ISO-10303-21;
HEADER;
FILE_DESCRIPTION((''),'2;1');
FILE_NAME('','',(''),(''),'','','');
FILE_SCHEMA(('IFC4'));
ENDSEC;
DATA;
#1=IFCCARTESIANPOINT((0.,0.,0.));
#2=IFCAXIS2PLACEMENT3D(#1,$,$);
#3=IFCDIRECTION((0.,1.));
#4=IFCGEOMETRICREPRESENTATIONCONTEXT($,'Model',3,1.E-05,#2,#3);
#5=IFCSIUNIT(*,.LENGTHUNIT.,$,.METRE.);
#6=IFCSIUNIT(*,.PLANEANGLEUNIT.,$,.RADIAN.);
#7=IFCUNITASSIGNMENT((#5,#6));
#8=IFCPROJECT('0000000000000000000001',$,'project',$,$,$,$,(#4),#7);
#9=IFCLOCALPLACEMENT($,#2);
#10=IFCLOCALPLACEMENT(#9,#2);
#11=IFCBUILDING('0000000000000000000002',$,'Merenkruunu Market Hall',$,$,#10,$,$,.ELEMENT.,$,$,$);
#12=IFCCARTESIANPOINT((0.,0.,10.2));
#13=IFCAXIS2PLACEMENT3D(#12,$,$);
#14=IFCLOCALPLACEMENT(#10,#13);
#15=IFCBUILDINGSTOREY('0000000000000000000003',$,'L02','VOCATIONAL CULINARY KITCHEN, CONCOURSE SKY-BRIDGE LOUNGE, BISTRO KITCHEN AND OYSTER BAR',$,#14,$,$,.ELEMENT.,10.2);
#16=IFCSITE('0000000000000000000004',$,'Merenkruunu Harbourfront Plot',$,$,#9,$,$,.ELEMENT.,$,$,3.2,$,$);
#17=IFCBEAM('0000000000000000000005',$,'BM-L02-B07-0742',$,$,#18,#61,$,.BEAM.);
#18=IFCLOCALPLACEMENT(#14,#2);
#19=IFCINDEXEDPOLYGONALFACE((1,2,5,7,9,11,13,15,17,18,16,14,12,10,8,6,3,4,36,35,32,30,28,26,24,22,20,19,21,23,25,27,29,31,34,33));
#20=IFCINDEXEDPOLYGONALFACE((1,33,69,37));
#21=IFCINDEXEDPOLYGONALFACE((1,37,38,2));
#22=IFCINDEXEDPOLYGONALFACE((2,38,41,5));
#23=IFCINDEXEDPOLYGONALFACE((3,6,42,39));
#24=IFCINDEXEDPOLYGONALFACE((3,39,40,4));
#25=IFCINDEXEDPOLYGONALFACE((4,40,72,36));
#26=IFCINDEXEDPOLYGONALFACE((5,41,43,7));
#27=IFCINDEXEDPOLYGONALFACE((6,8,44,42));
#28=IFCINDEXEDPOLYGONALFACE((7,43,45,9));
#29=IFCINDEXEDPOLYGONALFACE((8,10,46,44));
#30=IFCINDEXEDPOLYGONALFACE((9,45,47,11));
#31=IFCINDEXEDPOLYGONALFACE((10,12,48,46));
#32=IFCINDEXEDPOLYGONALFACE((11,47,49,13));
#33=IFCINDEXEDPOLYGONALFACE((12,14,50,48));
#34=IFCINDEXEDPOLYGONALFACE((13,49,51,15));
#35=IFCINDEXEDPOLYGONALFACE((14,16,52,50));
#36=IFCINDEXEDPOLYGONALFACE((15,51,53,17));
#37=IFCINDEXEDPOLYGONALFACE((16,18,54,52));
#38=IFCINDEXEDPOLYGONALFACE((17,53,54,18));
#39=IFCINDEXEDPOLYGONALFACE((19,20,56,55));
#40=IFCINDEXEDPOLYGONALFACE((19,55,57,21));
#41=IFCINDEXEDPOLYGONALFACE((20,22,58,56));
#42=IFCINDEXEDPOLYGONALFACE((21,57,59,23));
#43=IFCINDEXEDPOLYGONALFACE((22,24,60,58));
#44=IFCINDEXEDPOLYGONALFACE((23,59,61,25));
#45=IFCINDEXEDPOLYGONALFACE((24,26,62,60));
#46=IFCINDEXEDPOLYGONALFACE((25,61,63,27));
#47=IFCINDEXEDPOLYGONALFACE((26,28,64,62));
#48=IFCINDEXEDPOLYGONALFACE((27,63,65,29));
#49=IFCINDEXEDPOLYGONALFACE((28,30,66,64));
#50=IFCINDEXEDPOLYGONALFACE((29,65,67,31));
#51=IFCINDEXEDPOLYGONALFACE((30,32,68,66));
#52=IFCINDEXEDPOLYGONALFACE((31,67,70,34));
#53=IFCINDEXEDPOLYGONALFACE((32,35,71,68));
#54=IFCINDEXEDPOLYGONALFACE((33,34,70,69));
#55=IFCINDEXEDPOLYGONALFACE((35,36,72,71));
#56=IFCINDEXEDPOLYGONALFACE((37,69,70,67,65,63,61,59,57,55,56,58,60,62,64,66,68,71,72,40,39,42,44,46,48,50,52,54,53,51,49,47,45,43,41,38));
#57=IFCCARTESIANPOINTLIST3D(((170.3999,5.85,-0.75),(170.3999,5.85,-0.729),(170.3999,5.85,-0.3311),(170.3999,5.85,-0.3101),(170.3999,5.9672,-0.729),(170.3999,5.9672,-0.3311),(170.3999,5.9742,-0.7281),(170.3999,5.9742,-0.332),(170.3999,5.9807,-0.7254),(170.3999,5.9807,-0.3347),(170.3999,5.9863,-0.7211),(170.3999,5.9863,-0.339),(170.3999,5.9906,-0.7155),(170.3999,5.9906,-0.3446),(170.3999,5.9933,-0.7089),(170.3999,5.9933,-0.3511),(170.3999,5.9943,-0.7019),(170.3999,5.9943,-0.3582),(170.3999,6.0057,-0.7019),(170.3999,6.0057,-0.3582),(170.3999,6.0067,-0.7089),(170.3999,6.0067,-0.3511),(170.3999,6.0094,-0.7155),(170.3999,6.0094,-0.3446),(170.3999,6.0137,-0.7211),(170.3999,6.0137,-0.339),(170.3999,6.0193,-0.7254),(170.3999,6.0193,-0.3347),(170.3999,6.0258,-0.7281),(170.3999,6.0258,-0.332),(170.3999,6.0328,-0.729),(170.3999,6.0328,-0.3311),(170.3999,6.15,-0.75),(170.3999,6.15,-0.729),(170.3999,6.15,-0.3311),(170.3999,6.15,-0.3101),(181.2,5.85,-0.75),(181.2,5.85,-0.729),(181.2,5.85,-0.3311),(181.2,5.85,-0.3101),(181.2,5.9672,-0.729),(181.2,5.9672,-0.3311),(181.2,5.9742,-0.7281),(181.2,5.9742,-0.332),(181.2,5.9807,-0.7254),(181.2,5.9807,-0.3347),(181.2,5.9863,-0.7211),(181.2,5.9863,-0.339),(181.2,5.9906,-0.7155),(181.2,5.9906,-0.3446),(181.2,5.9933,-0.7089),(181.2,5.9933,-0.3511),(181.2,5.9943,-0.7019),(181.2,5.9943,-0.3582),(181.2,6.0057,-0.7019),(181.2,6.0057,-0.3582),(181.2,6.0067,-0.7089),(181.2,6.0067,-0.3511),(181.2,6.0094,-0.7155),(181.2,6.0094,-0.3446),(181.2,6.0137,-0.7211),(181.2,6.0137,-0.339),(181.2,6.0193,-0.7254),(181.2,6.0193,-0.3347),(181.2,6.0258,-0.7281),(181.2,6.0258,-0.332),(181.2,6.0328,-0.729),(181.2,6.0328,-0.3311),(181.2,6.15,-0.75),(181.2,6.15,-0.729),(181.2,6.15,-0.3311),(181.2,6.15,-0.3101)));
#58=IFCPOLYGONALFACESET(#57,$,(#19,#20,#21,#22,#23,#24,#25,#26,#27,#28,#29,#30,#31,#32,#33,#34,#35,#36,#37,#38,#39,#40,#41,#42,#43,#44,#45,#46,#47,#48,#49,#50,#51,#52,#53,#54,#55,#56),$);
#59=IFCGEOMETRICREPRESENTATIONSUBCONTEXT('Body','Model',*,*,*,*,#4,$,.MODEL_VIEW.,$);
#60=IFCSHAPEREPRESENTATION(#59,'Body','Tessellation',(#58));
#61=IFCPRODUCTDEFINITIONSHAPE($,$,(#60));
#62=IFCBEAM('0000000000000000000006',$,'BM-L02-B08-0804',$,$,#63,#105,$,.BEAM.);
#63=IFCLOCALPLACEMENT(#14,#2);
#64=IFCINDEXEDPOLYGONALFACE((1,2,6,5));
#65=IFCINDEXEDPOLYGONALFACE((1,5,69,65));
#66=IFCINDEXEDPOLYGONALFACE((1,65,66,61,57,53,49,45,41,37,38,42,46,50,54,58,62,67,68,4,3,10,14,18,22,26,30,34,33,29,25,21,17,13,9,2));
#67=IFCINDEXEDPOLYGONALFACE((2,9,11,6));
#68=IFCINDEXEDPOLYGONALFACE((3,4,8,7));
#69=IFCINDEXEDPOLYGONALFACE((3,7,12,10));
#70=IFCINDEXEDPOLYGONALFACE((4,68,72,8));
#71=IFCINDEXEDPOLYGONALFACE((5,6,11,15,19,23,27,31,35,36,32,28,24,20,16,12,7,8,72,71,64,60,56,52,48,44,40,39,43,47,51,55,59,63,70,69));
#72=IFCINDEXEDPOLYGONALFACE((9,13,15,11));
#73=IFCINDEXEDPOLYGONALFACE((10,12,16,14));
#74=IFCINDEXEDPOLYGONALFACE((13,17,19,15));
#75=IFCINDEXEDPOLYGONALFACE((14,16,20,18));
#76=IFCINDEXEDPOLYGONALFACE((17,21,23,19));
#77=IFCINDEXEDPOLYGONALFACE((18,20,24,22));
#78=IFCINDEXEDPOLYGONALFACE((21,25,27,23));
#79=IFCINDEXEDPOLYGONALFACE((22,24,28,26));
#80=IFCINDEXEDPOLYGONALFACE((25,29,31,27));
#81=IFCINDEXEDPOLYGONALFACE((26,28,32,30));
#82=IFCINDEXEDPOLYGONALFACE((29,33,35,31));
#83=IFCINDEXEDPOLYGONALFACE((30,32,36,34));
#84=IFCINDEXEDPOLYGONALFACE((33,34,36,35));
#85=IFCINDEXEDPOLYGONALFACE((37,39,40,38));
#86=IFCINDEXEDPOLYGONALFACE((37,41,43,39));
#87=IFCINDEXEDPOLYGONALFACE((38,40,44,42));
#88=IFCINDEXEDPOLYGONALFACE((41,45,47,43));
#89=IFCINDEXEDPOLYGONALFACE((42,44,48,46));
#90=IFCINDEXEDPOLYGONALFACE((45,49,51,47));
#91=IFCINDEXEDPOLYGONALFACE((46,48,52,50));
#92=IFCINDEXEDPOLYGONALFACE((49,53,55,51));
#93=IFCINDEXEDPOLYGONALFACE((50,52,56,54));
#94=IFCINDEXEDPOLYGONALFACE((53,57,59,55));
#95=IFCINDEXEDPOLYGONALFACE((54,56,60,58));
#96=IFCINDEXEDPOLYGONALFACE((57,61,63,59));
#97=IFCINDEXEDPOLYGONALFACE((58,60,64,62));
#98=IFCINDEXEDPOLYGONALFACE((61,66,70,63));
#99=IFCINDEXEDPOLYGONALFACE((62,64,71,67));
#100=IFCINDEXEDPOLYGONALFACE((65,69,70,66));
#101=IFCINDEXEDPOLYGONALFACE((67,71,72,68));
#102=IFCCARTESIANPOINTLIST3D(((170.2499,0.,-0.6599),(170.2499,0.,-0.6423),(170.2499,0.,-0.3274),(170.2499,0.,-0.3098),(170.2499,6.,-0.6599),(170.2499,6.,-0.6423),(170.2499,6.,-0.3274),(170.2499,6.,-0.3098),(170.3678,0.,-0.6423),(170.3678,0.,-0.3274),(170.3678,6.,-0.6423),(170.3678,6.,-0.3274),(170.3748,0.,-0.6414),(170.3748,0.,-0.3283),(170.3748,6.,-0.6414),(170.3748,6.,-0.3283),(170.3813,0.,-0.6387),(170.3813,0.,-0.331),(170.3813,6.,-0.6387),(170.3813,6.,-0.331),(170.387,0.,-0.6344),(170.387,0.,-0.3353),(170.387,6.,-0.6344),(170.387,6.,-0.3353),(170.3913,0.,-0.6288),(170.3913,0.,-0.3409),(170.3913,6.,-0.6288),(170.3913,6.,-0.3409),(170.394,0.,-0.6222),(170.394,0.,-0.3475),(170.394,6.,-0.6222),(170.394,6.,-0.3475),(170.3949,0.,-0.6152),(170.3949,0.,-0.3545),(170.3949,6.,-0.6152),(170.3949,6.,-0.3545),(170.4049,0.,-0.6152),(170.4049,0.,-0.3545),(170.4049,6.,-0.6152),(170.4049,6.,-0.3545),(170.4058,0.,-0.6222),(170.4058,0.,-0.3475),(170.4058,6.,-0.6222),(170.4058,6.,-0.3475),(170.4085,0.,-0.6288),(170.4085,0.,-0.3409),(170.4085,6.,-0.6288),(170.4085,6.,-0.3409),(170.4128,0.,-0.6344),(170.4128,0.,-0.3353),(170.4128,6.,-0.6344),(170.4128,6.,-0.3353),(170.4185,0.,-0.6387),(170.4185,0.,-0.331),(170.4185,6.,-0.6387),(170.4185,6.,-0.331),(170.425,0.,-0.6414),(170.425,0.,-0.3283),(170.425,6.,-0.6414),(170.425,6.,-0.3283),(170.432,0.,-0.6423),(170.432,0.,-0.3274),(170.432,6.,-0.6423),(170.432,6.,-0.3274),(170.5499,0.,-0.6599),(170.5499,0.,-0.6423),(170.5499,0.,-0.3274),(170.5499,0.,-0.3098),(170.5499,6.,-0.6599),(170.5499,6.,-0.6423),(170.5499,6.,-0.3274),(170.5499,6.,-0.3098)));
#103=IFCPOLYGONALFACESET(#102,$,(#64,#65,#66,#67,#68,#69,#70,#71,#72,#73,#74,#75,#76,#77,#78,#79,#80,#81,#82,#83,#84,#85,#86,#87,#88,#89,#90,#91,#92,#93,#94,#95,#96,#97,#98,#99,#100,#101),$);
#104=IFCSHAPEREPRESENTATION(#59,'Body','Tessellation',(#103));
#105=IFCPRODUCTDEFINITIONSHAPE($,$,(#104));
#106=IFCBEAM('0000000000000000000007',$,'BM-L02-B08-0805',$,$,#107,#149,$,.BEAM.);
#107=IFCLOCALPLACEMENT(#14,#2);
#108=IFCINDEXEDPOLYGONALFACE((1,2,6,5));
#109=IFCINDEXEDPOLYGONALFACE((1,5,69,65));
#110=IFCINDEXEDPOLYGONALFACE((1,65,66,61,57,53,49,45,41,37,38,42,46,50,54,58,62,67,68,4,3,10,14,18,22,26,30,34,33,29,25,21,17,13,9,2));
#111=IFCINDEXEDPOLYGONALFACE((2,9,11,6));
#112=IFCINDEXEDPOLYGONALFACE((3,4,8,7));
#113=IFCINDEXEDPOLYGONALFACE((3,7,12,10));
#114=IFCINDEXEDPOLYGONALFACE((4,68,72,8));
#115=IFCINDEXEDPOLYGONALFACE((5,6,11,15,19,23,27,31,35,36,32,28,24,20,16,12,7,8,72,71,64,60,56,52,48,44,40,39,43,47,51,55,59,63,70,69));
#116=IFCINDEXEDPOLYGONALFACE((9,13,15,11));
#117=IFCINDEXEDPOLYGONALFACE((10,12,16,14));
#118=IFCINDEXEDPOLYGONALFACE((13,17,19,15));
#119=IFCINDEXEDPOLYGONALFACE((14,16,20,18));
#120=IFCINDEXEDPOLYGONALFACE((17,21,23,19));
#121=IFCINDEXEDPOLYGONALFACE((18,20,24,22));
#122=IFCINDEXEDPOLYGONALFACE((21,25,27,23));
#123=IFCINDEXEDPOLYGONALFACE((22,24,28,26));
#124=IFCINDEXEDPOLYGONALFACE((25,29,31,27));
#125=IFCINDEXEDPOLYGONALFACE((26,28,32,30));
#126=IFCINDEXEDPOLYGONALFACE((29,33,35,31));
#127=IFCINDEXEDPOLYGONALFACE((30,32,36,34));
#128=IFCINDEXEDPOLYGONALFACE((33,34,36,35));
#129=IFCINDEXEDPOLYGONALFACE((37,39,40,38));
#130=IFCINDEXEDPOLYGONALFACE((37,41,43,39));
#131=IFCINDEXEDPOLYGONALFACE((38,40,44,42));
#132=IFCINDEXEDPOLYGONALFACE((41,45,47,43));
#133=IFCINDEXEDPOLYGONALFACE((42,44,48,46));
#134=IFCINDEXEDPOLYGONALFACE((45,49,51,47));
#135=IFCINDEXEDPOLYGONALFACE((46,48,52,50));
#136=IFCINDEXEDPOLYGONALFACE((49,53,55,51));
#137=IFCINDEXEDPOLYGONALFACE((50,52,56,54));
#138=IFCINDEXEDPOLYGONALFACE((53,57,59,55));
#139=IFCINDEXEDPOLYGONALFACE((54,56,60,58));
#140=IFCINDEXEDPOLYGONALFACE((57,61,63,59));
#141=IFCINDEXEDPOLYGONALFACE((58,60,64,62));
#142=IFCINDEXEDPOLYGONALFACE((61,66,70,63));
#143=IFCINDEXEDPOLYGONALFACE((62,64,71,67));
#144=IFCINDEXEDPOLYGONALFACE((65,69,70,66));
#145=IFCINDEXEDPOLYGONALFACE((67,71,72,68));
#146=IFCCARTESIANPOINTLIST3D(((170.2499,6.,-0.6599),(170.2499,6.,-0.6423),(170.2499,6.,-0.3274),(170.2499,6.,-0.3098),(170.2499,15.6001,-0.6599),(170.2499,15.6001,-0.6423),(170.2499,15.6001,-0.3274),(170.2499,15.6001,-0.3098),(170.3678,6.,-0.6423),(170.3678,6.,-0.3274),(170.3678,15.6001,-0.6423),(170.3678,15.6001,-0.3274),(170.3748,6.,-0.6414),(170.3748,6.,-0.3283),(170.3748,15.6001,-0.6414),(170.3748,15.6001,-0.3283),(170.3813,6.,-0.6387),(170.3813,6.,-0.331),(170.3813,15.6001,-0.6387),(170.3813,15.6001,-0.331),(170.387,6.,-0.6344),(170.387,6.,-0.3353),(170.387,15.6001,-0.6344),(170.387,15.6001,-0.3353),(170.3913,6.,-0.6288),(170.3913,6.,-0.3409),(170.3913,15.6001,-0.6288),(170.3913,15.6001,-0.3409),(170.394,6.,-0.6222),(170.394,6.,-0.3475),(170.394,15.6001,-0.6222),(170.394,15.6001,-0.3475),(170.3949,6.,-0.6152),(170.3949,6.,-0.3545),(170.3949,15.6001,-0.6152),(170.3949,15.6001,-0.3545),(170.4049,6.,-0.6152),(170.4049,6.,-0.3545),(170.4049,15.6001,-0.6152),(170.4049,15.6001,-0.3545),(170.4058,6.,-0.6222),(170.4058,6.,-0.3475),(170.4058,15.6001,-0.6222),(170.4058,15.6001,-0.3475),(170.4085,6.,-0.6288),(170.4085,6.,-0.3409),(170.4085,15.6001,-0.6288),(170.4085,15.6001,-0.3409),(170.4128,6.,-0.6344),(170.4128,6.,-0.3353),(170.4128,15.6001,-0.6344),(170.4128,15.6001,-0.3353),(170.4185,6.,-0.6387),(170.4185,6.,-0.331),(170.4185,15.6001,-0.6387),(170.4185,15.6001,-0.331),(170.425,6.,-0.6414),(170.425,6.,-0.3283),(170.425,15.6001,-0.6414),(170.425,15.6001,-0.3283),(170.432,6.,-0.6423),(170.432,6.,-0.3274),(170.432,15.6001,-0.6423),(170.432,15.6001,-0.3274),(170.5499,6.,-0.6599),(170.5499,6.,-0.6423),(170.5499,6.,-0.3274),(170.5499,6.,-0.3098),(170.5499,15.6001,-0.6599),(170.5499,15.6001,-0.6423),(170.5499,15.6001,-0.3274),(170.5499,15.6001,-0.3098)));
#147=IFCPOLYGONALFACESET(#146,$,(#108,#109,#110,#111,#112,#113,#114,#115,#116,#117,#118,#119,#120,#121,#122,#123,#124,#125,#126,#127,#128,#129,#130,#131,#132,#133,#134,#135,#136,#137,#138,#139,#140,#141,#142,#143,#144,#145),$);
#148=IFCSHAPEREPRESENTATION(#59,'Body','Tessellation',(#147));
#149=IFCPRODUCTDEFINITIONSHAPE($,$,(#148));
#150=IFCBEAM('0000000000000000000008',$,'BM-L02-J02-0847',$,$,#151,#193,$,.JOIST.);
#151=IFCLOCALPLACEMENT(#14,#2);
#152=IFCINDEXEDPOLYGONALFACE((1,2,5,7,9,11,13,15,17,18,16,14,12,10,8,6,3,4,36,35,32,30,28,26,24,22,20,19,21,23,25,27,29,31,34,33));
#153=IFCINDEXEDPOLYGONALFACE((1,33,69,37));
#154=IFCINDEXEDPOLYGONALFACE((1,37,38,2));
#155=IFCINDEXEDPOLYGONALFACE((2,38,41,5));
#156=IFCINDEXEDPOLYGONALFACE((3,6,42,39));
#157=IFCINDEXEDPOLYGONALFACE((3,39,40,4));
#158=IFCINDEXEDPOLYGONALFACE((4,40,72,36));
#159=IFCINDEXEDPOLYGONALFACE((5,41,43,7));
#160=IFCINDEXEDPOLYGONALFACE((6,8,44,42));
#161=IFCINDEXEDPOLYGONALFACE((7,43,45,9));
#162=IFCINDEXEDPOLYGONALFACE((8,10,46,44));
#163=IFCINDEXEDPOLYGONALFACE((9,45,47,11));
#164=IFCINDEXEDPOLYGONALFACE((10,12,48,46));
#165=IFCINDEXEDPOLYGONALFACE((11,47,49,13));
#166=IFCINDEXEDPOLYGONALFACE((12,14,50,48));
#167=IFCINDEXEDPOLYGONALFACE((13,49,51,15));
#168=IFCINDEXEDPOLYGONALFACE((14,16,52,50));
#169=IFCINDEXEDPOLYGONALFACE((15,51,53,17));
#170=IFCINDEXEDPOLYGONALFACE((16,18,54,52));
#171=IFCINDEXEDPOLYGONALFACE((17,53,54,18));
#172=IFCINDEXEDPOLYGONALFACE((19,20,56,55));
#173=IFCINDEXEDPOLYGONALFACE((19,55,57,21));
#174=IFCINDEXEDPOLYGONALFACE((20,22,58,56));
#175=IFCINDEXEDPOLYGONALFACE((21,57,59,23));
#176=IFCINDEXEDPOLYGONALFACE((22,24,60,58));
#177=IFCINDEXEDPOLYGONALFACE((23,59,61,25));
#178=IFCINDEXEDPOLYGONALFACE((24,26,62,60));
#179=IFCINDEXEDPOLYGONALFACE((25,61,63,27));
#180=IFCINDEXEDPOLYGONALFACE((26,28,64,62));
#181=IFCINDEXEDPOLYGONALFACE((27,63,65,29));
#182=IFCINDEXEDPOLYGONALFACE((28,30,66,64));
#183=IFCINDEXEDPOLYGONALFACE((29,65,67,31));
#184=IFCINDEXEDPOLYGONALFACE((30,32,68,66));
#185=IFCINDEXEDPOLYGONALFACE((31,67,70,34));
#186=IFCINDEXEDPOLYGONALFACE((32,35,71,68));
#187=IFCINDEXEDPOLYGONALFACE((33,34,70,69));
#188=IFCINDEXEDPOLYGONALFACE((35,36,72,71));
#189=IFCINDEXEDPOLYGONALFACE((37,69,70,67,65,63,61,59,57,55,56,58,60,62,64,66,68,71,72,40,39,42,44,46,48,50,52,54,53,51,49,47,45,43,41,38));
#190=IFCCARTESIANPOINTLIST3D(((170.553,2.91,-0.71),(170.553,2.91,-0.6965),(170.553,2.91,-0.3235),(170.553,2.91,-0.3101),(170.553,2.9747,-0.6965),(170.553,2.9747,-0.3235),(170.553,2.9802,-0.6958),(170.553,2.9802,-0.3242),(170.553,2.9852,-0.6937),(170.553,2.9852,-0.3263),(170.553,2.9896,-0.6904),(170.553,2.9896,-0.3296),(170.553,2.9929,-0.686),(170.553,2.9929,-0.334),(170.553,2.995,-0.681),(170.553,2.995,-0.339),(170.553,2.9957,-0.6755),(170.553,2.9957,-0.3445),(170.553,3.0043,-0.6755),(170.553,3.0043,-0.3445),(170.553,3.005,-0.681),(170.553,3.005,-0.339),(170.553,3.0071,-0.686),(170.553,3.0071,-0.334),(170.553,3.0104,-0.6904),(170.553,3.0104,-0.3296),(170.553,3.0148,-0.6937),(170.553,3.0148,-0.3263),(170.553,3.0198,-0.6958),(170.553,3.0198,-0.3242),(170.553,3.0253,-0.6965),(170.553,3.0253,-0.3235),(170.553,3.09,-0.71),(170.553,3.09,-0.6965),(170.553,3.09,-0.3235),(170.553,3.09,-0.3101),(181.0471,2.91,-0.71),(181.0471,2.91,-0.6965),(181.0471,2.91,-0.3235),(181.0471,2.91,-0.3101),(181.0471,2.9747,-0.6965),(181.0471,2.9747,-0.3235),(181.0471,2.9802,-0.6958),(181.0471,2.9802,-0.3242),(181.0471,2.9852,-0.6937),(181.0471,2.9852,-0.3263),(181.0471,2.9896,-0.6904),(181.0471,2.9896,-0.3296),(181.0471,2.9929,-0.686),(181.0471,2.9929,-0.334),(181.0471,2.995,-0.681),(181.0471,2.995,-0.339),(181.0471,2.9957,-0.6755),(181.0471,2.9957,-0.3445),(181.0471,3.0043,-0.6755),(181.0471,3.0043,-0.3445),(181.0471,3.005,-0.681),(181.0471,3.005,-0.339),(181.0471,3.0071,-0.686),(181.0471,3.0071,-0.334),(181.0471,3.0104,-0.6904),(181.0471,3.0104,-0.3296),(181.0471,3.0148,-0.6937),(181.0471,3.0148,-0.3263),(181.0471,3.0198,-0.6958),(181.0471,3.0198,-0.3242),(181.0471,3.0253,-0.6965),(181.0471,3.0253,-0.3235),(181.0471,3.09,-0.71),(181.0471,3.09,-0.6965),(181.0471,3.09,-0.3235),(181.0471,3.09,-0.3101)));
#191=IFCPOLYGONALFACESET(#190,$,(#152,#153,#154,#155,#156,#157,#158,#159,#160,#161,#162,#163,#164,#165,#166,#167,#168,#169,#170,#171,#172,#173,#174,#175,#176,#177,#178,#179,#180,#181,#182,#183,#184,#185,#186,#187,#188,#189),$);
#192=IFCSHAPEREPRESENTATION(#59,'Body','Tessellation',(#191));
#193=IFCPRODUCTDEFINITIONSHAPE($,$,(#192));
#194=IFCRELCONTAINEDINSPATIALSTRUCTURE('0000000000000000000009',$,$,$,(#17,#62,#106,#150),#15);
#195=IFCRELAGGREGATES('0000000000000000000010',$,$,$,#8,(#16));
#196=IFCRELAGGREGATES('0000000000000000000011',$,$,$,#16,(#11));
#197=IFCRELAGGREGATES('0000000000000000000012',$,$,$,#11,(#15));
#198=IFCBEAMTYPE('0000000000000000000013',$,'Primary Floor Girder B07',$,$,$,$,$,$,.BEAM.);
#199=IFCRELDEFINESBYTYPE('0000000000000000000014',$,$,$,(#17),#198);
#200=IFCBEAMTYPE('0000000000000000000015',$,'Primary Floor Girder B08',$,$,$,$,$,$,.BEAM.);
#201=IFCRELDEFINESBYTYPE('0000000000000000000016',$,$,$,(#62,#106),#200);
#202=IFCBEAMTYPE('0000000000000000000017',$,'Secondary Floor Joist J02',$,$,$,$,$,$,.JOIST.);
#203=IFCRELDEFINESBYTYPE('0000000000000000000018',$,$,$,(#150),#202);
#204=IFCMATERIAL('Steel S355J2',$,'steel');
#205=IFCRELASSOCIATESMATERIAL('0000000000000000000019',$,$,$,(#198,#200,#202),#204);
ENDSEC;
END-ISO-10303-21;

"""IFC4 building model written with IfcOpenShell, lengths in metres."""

from ifc_helpers import new_model, si_unit, direction, frame, origin, origin_2d, place, context, subcontext, project, spatial, i_section, extrude, material, material_profile, profile_set, type_object, element, save


model = new_model("IFC4")

# Units and contexts
model_context = context("Model", 3, precision=1e-05, world=origin(), true_north=direction((0.0, 1.0)))
body_context = subcontext(model_context, "Body", "Model", "MODEL_VIEW")
ifc_project = project(units=[si_unit("LENGTHUNIT", "METRE"), si_unit("PLANEANGLEUNIT", "RADIAN")], contexts=[model_context])

# Site, building, storey
site_placement = place(None, origin())
site = spatial("IfcSite", under=ifc_project, at=site_placement, Name="Merenkruunu Harbourfront Plot", CompositionType="ELEMENT", RefElevation=3.2)
building_placement = place(site_placement, origin())
building = spatial("IfcBuilding", under=site, at=building_placement, Name="Merenkruunu Market Hall", CompositionType="ELEMENT")
storey_placement = place(building_placement, frame((0.0, 0.0, 10.2)))
storey = spatial("IfcBuildingStorey", under=building, at=storey_placement, Name="L02", Description="VOCATIONAL CULINARY KITCHEN, CONCOURSE SKY-BRIDGE LOUNGE, BISTRO KITCHEN AND OYSTER BAR", CompositionType="ELEMENT", Elevation=10.2)

# Shared definitions
ifc_material_1 = material(Name="Steel S355J2", Category="steel")

# Beams
ifc_material_profile_1 = material_profile(ifc_material_1, i_section(OverallWidth=0.3, OverallDepth=0.4399, WebThickness=0.0115, FlangeThickness=0.021, FilletRadius=0.0271, at=origin_2d()), Name="HEA 450")
ifc_profile_set_1 = profile_set([ifc_material_profile_1], Name="Steel S355J2")
beam_type_1 = type_object("IfcBeamType", Name="Primary Floor Girder B07", PredefinedType="BEAM", material=ifc_profile_set_1)
for number, where, z_axis, x_axis, name in (
    (1, (170.3999, 6.0, -0.53), (1.0, 0.0, 0.0), (0.0, 1.0, 0.0), "BM-L02-B07-0742"),
):
    element("IfcBeam", number, at=place(storey_placement, frame(where, z_axis=z_axis, x_axis=x_axis)), inside=storey, type_object=beam_type_1, Name=name, PredefinedType="BEAM", context=body_context, shape_type="SweptSolid", body=[
        extrude(i_section(OverallWidth=0.3, OverallDepth=0.4399, WebThickness=0.0115, FlangeThickness=0.021, FilletRadius=0.0271, at=origin_2d()), origin(), (0.0, 0.0, 1.0), 10.8),
    ])
ifc_material_profile_2 = material_profile(ifc_material_1, i_section(OverallWidth=0.3, OverallDepth=0.3501, WebThickness=0.01, FlangeThickness=0.0176, FilletRadius=0.0271, at=origin_2d()), Name="HEA 360")
ifc_profile_set_2 = profile_set([ifc_material_profile_2], Name="Steel S355J2")
beam_type_2 = type_object("IfcBeamType", Name="Primary Floor Girder B08", PredefinedType="BEAM", material=ifc_profile_set_2)
beam_1_placement = place(storey_placement, frame((170.3999, 0.0, -0.4849), z_axis=(0.0, 1.0, 0.0), x_axis=(-1.0, 0.0, 0.0)))
element("IfcBeam", 2, at=beam_1_placement, inside=storey, type_object=beam_type_2, Name="BM-L02-B08-0804", PredefinedType="BEAM", context=body_context, shape_type="SweptSolid", body=[
    extrude(i_section(OverallWidth=0.3, OverallDepth=0.3501, WebThickness=0.01, FlangeThickness=0.0176, FilletRadius=0.0271, at=origin_2d()), origin(), (0.0, 0.0, 1.0), 6.0),
])
beam_2_placement = place(storey_placement, frame((170.3999, 6.0, -0.4849), z_axis=(0.0, 1.0, 0.0), x_axis=(-1.0, 0.0, 0.0)))
element("IfcBeam", 3, at=beam_2_placement, inside=storey, type_object=beam_type_2, Name="BM-L02-B08-0805", PredefinedType="BEAM", context=body_context, shape_type="SweptSolid", body=[
    extrude(i_section(OverallWidth=0.3, OverallDepth=0.3501, WebThickness=0.01, FlangeThickness=0.0176, FilletRadius=0.0271, at=origin_2d()), origin(), (0.0, 0.0, 1.0), 9.6001),
])
ifc_material_profile_3 = material_profile(ifc_material_1, i_section(OverallWidth=0.1799, OverallDepth=0.3999, WebThickness=0.0085, FlangeThickness=0.0134, FilletRadius=0.021, at=origin_2d()), Name="IPE 400")
ifc_profile_set_3 = profile_set([ifc_material_profile_3], Name="Steel S355J2")
beam_type_3 = type_object("IfcBeamType", Name="Secondary Floor Joist J02", PredefinedType="JOIST", material=ifc_profile_set_3)
beam_3_placement = place(storey_placement, frame((170.553, 3.0, -0.51), z_axis=(1.0, 0.0, 0.0), x_axis=(0.0, 1.0, 0.0)))
element("IfcBeam", 4, at=beam_3_placement, inside=storey, type_object=beam_type_3, Name="BM-L02-J02-0847", PredefinedType="JOIST", context=body_context, shape_type="SweptSolid", body=[
    extrude(i_section(OverallWidth=0.1799, OverallDepth=0.3999, WebThickness=0.0085, FlangeThickness=0.0134, FilletRadius=0.021, at=origin_2d()), origin(), (0.0, 0.0, 1.0), 10.4941),
])

save(model, "model.ifc")
